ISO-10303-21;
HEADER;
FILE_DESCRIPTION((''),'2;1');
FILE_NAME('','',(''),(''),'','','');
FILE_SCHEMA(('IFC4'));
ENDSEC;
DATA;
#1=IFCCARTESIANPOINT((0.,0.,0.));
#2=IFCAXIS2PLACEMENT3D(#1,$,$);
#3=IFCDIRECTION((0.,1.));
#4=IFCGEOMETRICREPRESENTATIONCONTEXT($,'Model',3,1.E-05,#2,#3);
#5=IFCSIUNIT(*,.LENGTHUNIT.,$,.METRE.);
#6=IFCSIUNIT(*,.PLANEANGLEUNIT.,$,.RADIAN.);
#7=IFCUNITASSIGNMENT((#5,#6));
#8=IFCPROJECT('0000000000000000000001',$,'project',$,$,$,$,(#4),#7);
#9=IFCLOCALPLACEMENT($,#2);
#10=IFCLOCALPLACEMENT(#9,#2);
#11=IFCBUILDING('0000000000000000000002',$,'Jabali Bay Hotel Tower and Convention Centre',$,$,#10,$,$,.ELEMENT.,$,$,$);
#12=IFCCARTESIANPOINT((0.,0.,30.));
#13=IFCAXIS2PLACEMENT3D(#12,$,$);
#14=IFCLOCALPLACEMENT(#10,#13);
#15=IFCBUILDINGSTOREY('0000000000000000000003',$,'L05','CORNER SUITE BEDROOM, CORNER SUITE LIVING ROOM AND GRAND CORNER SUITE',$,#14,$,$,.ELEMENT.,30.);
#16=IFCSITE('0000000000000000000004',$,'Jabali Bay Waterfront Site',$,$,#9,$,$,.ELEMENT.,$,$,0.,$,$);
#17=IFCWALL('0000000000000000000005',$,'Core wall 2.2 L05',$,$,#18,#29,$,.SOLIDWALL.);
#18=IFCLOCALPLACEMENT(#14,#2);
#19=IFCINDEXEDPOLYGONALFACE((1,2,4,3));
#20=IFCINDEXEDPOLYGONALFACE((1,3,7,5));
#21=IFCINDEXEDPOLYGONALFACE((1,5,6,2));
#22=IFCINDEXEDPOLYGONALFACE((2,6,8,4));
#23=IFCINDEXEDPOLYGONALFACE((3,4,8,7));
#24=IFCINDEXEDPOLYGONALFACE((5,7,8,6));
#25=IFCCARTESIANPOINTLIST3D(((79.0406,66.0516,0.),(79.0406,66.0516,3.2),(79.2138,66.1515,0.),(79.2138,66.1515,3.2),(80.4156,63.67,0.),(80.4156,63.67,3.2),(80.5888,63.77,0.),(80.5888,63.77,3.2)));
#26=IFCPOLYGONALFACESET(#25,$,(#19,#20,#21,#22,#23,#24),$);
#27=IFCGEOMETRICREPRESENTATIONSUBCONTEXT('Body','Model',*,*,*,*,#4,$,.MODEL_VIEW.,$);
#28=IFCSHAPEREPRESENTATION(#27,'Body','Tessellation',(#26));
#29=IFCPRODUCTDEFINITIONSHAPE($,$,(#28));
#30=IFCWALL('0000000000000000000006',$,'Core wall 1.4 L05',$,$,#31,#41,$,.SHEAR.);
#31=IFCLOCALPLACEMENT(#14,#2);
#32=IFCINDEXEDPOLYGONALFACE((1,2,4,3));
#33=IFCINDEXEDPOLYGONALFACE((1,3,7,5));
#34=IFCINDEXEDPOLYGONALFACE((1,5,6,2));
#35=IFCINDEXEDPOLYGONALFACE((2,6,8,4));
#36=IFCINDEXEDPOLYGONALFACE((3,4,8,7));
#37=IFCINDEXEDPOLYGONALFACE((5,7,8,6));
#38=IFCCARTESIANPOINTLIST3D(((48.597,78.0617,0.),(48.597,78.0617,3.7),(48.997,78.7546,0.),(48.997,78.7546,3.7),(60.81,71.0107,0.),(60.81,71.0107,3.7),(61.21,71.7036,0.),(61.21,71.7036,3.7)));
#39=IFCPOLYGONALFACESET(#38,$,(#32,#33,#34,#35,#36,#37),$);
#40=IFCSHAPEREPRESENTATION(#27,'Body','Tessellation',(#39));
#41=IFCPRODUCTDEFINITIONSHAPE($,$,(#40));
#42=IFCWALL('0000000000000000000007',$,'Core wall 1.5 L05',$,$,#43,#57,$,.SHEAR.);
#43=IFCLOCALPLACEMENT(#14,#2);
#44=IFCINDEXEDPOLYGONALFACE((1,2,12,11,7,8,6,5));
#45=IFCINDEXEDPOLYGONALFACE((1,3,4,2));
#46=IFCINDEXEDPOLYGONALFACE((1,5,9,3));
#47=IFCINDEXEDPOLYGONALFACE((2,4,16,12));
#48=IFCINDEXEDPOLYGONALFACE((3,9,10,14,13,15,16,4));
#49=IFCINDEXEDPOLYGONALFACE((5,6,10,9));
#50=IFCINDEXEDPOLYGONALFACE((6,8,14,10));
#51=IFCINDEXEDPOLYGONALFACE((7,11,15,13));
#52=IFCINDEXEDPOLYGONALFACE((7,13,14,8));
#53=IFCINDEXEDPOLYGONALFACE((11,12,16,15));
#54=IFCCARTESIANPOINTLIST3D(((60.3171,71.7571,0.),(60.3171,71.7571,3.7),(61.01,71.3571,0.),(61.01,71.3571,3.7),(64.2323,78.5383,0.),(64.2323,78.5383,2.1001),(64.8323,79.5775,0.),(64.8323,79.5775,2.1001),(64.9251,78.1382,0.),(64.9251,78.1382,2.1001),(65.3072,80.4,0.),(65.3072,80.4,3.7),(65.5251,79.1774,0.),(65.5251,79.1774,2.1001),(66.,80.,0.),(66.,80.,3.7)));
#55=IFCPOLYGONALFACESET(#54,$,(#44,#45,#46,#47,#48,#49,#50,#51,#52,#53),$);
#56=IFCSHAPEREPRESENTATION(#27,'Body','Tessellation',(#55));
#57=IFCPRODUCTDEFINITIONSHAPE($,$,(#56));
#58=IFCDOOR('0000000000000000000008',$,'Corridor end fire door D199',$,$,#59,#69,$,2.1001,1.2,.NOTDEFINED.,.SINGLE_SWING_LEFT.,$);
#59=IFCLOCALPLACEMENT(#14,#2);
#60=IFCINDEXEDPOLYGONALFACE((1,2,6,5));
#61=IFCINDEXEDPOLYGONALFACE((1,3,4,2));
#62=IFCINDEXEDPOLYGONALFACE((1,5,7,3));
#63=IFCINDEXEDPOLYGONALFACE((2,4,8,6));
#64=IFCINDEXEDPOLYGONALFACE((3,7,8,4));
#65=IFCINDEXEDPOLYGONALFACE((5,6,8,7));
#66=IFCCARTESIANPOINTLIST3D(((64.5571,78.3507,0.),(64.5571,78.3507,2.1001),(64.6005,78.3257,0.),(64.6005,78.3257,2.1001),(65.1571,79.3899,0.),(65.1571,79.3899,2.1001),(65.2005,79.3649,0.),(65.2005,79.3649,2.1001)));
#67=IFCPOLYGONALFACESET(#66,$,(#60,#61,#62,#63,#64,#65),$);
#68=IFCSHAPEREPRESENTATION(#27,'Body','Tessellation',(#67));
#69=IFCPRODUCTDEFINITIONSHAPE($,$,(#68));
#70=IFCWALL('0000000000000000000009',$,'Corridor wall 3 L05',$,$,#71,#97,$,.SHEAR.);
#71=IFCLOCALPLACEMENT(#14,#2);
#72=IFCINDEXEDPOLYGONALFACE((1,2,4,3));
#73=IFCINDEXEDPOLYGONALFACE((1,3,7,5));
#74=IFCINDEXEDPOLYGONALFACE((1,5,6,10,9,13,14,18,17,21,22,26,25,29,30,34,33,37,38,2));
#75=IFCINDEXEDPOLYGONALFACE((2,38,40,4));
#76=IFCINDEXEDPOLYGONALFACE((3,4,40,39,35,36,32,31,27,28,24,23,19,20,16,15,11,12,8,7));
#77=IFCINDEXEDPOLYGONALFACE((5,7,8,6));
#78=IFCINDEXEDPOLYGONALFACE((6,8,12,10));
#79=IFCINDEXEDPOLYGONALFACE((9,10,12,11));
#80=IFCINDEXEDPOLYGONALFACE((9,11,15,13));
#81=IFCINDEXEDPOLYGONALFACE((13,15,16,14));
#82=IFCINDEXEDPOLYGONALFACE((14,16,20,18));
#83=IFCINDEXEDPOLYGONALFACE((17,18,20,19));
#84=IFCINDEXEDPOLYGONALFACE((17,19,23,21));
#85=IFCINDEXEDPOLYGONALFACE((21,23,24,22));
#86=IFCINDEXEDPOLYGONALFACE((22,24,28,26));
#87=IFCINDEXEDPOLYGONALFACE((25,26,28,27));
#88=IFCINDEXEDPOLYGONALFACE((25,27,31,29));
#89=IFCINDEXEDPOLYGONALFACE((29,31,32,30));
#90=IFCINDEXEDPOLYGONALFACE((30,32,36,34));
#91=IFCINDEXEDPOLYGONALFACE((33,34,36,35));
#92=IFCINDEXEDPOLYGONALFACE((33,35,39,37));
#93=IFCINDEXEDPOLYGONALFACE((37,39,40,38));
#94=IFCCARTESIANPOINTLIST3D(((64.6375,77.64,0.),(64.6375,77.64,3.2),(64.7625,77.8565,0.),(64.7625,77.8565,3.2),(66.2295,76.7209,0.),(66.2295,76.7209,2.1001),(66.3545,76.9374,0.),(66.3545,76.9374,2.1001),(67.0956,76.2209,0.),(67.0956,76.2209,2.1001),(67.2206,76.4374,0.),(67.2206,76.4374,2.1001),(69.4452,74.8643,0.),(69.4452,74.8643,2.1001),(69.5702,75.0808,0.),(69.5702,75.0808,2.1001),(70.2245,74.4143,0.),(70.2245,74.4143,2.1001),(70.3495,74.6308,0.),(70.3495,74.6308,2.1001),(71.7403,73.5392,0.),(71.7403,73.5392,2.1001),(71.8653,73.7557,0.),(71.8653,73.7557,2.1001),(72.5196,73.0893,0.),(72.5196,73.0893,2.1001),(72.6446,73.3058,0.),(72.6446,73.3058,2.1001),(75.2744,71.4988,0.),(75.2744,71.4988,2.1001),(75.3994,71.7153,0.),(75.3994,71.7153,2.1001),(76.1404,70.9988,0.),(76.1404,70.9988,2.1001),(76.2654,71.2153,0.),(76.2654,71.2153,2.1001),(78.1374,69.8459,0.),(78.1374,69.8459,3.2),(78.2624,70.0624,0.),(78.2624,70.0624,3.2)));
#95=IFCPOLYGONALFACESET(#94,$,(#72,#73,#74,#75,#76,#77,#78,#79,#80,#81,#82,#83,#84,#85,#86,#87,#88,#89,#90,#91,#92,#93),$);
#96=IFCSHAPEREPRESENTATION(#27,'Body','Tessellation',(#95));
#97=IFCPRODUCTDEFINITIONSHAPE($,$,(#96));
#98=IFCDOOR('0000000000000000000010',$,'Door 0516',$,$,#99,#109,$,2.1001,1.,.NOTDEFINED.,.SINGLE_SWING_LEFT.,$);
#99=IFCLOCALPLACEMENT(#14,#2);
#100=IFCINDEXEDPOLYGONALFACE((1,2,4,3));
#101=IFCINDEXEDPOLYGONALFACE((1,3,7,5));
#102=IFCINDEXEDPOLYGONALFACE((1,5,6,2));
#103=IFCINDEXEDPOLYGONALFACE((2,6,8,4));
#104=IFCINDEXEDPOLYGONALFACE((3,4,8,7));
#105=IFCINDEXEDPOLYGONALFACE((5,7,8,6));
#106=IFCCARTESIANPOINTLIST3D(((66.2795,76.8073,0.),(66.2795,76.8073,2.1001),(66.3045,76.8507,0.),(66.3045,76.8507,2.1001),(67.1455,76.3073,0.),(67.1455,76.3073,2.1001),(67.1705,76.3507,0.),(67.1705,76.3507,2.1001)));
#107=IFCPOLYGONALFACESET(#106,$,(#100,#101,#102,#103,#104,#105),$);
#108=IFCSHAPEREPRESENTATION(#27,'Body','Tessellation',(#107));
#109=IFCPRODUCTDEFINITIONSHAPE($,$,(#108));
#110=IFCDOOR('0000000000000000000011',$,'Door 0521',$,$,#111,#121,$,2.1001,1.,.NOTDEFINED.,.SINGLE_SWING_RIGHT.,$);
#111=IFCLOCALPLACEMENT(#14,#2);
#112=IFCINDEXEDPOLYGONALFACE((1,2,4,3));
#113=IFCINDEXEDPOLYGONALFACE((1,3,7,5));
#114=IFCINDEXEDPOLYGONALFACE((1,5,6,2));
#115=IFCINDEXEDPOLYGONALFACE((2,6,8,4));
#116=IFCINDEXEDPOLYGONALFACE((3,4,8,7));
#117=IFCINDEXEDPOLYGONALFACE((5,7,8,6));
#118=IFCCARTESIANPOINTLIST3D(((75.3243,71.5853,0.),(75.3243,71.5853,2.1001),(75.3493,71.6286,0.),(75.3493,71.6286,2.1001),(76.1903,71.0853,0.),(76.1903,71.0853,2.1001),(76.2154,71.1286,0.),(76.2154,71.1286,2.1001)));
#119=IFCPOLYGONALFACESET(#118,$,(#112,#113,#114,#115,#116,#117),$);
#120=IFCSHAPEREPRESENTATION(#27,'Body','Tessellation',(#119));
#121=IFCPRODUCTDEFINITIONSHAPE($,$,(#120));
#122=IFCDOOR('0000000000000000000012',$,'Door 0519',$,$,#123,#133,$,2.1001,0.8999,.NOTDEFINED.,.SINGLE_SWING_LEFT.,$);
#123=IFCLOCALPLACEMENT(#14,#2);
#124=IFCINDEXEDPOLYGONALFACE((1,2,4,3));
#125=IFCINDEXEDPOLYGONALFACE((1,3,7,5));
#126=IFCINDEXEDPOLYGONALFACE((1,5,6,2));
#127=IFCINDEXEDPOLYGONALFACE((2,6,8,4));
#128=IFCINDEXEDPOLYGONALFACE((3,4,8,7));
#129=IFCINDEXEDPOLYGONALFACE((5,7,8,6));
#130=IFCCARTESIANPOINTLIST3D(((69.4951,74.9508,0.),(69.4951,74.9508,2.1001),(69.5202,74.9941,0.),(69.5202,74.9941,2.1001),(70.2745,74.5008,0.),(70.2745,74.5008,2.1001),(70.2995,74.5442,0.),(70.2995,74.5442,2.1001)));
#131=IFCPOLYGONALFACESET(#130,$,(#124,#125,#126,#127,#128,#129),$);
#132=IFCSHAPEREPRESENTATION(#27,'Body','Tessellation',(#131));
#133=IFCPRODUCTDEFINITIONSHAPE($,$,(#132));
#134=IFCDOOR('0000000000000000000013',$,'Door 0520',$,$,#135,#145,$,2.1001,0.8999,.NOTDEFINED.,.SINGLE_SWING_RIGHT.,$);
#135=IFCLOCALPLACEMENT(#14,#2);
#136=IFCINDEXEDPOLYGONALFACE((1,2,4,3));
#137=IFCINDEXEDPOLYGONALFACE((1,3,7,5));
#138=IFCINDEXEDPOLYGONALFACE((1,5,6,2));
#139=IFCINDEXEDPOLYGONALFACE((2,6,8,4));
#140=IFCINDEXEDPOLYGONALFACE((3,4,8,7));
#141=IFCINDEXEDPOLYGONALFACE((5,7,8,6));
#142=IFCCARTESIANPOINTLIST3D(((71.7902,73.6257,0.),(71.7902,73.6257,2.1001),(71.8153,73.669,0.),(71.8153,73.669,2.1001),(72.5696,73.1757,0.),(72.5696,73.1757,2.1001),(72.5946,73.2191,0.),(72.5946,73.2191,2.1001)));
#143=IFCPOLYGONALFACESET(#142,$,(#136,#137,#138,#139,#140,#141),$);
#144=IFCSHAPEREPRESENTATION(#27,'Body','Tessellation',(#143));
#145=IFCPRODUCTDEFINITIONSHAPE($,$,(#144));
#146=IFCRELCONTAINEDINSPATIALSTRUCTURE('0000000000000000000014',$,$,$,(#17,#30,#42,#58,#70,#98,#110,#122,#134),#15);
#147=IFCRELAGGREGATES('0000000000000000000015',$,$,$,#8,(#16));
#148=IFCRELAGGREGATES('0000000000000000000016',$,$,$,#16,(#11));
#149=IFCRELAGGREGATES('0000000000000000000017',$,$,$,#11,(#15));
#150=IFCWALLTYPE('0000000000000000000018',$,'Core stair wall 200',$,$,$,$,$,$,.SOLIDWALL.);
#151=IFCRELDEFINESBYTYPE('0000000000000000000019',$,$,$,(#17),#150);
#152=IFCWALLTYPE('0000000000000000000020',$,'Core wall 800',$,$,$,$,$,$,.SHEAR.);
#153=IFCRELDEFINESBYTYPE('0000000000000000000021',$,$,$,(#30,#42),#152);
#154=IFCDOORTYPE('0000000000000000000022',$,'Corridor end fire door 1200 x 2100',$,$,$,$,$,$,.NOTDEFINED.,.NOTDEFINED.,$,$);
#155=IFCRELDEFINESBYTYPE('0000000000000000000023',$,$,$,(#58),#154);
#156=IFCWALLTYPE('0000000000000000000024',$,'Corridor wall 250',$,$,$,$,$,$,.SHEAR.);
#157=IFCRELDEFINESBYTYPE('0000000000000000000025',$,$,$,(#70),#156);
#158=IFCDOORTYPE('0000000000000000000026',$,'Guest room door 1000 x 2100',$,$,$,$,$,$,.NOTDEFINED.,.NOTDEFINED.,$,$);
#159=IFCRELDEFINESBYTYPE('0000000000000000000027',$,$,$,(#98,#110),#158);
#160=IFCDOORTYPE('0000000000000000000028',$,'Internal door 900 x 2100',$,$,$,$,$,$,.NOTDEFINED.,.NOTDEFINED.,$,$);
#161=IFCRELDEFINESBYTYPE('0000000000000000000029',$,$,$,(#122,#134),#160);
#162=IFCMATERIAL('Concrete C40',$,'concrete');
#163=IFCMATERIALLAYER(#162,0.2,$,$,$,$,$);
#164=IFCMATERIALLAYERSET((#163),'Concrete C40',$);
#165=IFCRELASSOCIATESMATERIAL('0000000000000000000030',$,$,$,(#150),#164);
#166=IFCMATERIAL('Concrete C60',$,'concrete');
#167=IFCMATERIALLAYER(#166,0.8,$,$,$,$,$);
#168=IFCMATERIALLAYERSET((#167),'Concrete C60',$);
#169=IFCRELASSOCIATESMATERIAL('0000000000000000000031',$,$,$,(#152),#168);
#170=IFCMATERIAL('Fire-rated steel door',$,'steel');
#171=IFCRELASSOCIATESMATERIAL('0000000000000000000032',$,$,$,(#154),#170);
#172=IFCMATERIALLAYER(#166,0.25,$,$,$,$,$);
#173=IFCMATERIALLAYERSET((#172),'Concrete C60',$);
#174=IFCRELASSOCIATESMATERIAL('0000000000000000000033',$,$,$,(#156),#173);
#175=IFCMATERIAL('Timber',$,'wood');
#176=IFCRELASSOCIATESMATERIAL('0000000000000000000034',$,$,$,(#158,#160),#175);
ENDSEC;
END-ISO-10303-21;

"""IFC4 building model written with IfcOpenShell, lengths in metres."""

from ifc_helpers import new_model, si_unit, direction, frame, frame_2d, origin, place, context, subcontext, project, spatial, rectangle, extrude, material, layer, layer_set, type_object, element, fill, save


model = new_model("IFC4")

# Units and contexts
model_context = context("Model", 3, precision=1e-05, world=origin(), true_north=direction((0.0, 1.0)))
body_context = subcontext(model_context, "Body", "Model", "MODEL_VIEW")
ifc_project = project(units=[si_unit("LENGTHUNIT", "METRE"), si_unit("PLANEANGLEUNIT", "RADIAN")], contexts=[model_context])

# Site, building, storey
site_placement = place(None, origin())
site = spatial("IfcSite", under=ifc_project, at=site_placement, Name="Jabali Bay Waterfront Site", CompositionType="ELEMENT", RefElevation=0.0)
building_placement = place(site_placement, origin())
building = spatial("IfcBuilding", under=site, at=building_placement, Name="Jabali Bay Hotel Tower and Convention Centre", CompositionType="ELEMENT")
storey_placement = place(building_placement, frame((0.0, 0.0, 30.0)))
storey = spatial("IfcBuildingStorey", under=building, at=storey_placement, Name="L05", Description="CORNER SUITE BEDROOM, CORNER SUITE LIVING ROOM AND GRAND CORNER SUITE", CompositionType="ELEMENT", Elevation=30.0)

# Shared definitions
ifc_material_1 = material(Name="Concrete C40", Category="concrete")
ifc_material_2 = material(Name="Fire-rated steel door", Category="steel")

# Shared definitions
ifc_layer_1 = layer(ifc_material_1, 0.2)
ifc_layer_set_1 = layer_set([ifc_layer_1], Name="Concrete C40")
wall_type_1 = type_object("IfcWallType", Name="Core stair wall 200", PredefinedType="SOLIDWALL", material=ifc_layer_set_1)

# Walls
wall_1_placement = place(storey_placement, frame((79.1272, 66.1016, 0.0), z_axis=(0.0, 0.0, 1.0), x_axis=(0.499997, -0.866027, 0.0)))
element("IfcWall", 1, at=wall_1_placement, inside=storey, type_object=wall_type_1, Name="Core wall 2.2 L05", PredefinedType="SOLIDWALL", context=body_context, shape_type="SweptSolid", body=[
    extrude(rectangle(XDim=2.75, YDim=0.2, at=frame_2d((1.375, 0.0))), origin(), (0.0, 0.0, 1.0), 3.2),
])
ifc_material_3 = material(Name="Concrete C60", Category="concrete")
ifc_layer_2 = layer(ifc_material_3, 0.8)
ifc_layer_set_2 = layer_set([ifc_layer_2], Name="Concrete C60")
wall_type_2 = type_object("IfcWallType", Name="Core wall 800", PredefinedType="SHEAR", material=ifc_layer_set_2)
wall_2_placement = place(storey_placement, frame((48.7969, 78.4082, 0.0), z_axis=(0.0, 0.0, 1.0), x_axis=(0.866033, -0.499988, 0.0)))
element("IfcWall", 2, at=wall_2_placement, inside=storey, type_object=wall_type_2, Name="Core wall 1.4 L05", PredefinedType="SHEAR", context=body_context, shape_type="SweptSolid", body=[
    extrude(rectangle(XDim=14.1023, YDim=0.8, at=frame_2d((7.0513, 0.0))), origin(), (0.0, 0.0, 1.0), 3.7),
])

# Wall, opening, door
wall_3_placement = place(storey_placement, frame((60.6636, 71.5571, 0.0), z_axis=(0.0, 0.0, 1.0), x_axis=(0.500004, 0.866023, 0.0)))
wall_3 = element("IfcWall", 3, at=wall_3_placement, inside=storey, type_object=wall_type_2, Name="Core wall 1.5 L05", PredefinedType="SHEAR", context=body_context, shape_type="SweptSolid", body=[
    extrude(rectangle(XDim=9.98, YDim=0.8, at=frame_2d((4.99, 0.0))), origin(), (0.0, 0.0, 1.0), 3.7),
])
opening_1_placement = place(wall_3_placement, frame((7.8301, 0.0, 0.0)))
opening_1 = element("IfcOpeningElement", 4, at=opening_1_placement, cuts=wall_3, PredefinedType="OPENING", context=body_context, shape_type="SweptSolid", body=[
    extrude(rectangle(XDim=1.2, YDim=2.1001, at=frame_2d((0.6001, 1.05))), frame((0.0, 0.4106, 0.0), z_axis=(0.0, -1.0, 0.0), x_axis=(1.0, 0.0, 0.0)), (0.0, 0.0, 1.0), 0.821),
])
door_type_1 = type_object("IfcDoorType", Name="Corridor end fire door 1200 x 2100", OperationType="NOTDEFINED", PredefinedType="NOTDEFINED", material=ifc_material_2)
door_1_placement = place(opening_1_placement, origin())
door_1 = element("IfcDoor", 5, at=door_1_placement, inside=storey, type_object=door_type_1, Name="Corridor end fire door D199", OperationType="SINGLE_SWING_LEFT", OverallHeight=2.1001, OverallWidth=1.2, PredefinedType="NOTDEFINED", context=body_context, shape_type="SweptSolid", body=[
    extrude(rectangle(XDim=1.2, YDim=2.1001, at=frame_2d((0.6001, 1.05))), frame((0.0, 0.0249, 0.0), z_axis=(0.0, -1.0, 0.0), x_axis=(1.0, 0.0, 0.0)), (0.0, 0.0, 1.0), 0.05),
])
fill(opening_1, door_1)

# Wall, openings, doors
ifc_layer_3 = layer(ifc_material_3, 0.25)
ifc_layer_set_3 = layer_set([ifc_layer_3], Name="Concrete C60")
wall_type_3 = type_object("IfcWallType", Name="Corridor wall 250", PredefinedType="SHEAR", material=ifc_layer_set_3)
wall_4_placement = place(storey_placement, frame((64.7, 77.7483, 0.0), z_axis=(0.0, 0.0, 1.0), x_axis=(0.866026, -0.499998, 0.0)))
wall_4 = element("IfcWall", 6, at=wall_4_placement, inside=storey, type_object=wall_type_3, Name="Corridor wall 3 L05", PredefinedType="SHEAR", context=body_context, shape_type="SweptSolid", body=[
    extrude(rectangle(XDim=15.5884, YDim=0.25, at=frame_2d((7.7942, 0.0))), origin(), (0.0, 0.0, 1.0), 3.2),
])
opening_2_placement = place(wall_4_placement, frame((1.8384, 0.0, 0.0)))
opening_2 = element("IfcOpeningElement", 7, at=opening_2_placement, cuts=wall_4, PredefinedType="OPENING", context=body_context, shape_type="SweptSolid", body=[
    extrude(rectangle(XDim=1.0, YDim=2.1001, at=frame_2d((0.5, 1.05))), frame((0.0, 0.1355, 0.0), z_axis=(0.0, -1.0, 0.0), x_axis=(1.0, 0.0, 0.0)), (0.0, 0.0, 1.0), 0.271),
])
opening_3_placement = place(wall_4_placement, frame((5.5515, 0.0, 0.0)))
opening_3 = element("IfcOpeningElement", 8, at=opening_3_placement, cuts=wall_4, PredefinedType="OPENING", context=body_context, shape_type="SweptSolid", body=[
    extrude(rectangle(XDim=0.8999, YDim=2.1001, at=frame_2d((0.45, 1.05))), frame((0.0, 0.1355, 0.0), z_axis=(0.0, -1.0, 0.0), x_axis=(1.0, 0.0, 0.0)), (0.0, 0.0, 1.0), 0.271),
])
opening_4_placement = place(wall_4_placement, frame((8.2017, 0.0, 0.0)))
opening_4 = element("IfcOpeningElement", 9, at=opening_4_placement, cuts=wall_4, PredefinedType="OPENING", context=body_context, shape_type="SweptSolid", body=[
    extrude(rectangle(XDim=0.8999, YDim=2.1001, at=frame_2d((0.45, 1.05))), frame((0.0, 0.1355, 0.0), z_axis=(0.0, -1.0, 0.0), x_axis=(1.0, 0.0, 0.0)), (0.0, 0.0, 1.0), 0.271),
])
opening_5_placement = place(wall_4_placement, frame((12.2825, 0.0, 0.0)))
opening_5 = element("IfcOpeningElement", 10, at=opening_5_placement, cuts=wall_4, PredefinedType="OPENING", context=body_context, shape_type="SweptSolid", body=[
    extrude(rectangle(XDim=1.0, YDim=2.1001, at=frame_2d((0.5, 1.05))), frame((0.0, 0.1355, 0.0), z_axis=(0.0, -1.0, 0.0), x_axis=(1.0, 0.0, 0.0)), (0.0, 0.0, 1.0), 0.271),
])
ifc_material_4 = material(Name="Timber", Category="wood")
door_type_2 = type_object("IfcDoorType", Name="Guest room door 1000 x 2100", OperationType="NOTDEFINED", PredefinedType="NOTDEFINED", material=ifc_material_4)
door_2_placement = place(opening_2_placement, origin())
door_2 = element("IfcDoor", 11, at=door_2_placement, inside=storey, type_object=door_type_2, Name="Door 0516", OperationType="SINGLE_SWING_LEFT", OverallHeight=2.1001, OverallWidth=1.0, PredefinedType="NOTDEFINED", context=body_context, shape_type="SweptSolid", body=[
    extrude(rectangle(XDim=1.0, YDim=2.1001, at=frame_2d((0.5, 1.05))), frame((0.0, 0.0249, 0.0), z_axis=(0.0, -1.0, 0.0), x_axis=(1.0, 0.0, 0.0)), (0.0, 0.0, 1.0), 0.05),
])
fill(opening_2, door_2)
door_3_placement = place(opening_5_placement, origin())
door_3 = element("IfcDoor", 12, at=door_3_placement, inside=storey, type_object=door_type_2, Name="Door 0521", OperationType="SINGLE_SWING_RIGHT", OverallHeight=2.1001, OverallWidth=1.0, PredefinedType="NOTDEFINED", context=body_context, shape_type="SweptSolid", body=[
    extrude(rectangle(XDim=1.0, YDim=2.1001, at=frame_2d((0.5, 1.05))), frame((0.0, 0.0249, 0.0), z_axis=(0.0, -1.0, 0.0), x_axis=(1.0, 0.0, 0.0)), (0.0, 0.0, 1.0), 0.05),
])
fill(opening_5, door_3)
door_type_3 = type_object("IfcDoorType", Name="Internal door 900 x 2100", OperationType="NOTDEFINED", PredefinedType="NOTDEFINED", material=ifc_material_4)
door_4_placement = place(opening_3_placement, origin())
door_4 = element("IfcDoor", 13, at=door_4_placement, inside=storey, type_object=door_type_3, Name="Door 0519", OperationType="SINGLE_SWING_LEFT", OverallHeight=2.1001, OverallWidth=0.8999, PredefinedType="NOTDEFINED", context=body_context, shape_type="SweptSolid", body=[
    extrude(rectangle(XDim=0.8999, YDim=2.1001, at=frame_2d((0.45, 1.05))), frame((0.0, 0.0249, 0.0), z_axis=(0.0, -1.0, 0.0), x_axis=(1.0, 0.0, 0.0)), (0.0, 0.0, 1.0), 0.05),
])
fill(opening_3, door_4)
door_5_placement = place(opening_4_placement, origin())
door_5 = element("IfcDoor", 14, at=door_5_placement, inside=storey, type_object=door_type_3, Name="Door 0520", OperationType="SINGLE_SWING_RIGHT", OverallHeight=2.1001, OverallWidth=0.8999, PredefinedType="NOTDEFINED", context=body_context, shape_type="SweptSolid", body=[
    extrude(rectangle(XDim=0.8999, YDim=2.1001, at=frame_2d((0.45, 1.05))), frame((0.0, 0.0249, 0.0), z_axis=(0.0, -1.0, 0.0), x_axis=(1.0, 0.0, 0.0)), (0.0, 0.0, 1.0), 0.05),
])
fill(opening_4, door_5)

save(model, "model.ifc")
